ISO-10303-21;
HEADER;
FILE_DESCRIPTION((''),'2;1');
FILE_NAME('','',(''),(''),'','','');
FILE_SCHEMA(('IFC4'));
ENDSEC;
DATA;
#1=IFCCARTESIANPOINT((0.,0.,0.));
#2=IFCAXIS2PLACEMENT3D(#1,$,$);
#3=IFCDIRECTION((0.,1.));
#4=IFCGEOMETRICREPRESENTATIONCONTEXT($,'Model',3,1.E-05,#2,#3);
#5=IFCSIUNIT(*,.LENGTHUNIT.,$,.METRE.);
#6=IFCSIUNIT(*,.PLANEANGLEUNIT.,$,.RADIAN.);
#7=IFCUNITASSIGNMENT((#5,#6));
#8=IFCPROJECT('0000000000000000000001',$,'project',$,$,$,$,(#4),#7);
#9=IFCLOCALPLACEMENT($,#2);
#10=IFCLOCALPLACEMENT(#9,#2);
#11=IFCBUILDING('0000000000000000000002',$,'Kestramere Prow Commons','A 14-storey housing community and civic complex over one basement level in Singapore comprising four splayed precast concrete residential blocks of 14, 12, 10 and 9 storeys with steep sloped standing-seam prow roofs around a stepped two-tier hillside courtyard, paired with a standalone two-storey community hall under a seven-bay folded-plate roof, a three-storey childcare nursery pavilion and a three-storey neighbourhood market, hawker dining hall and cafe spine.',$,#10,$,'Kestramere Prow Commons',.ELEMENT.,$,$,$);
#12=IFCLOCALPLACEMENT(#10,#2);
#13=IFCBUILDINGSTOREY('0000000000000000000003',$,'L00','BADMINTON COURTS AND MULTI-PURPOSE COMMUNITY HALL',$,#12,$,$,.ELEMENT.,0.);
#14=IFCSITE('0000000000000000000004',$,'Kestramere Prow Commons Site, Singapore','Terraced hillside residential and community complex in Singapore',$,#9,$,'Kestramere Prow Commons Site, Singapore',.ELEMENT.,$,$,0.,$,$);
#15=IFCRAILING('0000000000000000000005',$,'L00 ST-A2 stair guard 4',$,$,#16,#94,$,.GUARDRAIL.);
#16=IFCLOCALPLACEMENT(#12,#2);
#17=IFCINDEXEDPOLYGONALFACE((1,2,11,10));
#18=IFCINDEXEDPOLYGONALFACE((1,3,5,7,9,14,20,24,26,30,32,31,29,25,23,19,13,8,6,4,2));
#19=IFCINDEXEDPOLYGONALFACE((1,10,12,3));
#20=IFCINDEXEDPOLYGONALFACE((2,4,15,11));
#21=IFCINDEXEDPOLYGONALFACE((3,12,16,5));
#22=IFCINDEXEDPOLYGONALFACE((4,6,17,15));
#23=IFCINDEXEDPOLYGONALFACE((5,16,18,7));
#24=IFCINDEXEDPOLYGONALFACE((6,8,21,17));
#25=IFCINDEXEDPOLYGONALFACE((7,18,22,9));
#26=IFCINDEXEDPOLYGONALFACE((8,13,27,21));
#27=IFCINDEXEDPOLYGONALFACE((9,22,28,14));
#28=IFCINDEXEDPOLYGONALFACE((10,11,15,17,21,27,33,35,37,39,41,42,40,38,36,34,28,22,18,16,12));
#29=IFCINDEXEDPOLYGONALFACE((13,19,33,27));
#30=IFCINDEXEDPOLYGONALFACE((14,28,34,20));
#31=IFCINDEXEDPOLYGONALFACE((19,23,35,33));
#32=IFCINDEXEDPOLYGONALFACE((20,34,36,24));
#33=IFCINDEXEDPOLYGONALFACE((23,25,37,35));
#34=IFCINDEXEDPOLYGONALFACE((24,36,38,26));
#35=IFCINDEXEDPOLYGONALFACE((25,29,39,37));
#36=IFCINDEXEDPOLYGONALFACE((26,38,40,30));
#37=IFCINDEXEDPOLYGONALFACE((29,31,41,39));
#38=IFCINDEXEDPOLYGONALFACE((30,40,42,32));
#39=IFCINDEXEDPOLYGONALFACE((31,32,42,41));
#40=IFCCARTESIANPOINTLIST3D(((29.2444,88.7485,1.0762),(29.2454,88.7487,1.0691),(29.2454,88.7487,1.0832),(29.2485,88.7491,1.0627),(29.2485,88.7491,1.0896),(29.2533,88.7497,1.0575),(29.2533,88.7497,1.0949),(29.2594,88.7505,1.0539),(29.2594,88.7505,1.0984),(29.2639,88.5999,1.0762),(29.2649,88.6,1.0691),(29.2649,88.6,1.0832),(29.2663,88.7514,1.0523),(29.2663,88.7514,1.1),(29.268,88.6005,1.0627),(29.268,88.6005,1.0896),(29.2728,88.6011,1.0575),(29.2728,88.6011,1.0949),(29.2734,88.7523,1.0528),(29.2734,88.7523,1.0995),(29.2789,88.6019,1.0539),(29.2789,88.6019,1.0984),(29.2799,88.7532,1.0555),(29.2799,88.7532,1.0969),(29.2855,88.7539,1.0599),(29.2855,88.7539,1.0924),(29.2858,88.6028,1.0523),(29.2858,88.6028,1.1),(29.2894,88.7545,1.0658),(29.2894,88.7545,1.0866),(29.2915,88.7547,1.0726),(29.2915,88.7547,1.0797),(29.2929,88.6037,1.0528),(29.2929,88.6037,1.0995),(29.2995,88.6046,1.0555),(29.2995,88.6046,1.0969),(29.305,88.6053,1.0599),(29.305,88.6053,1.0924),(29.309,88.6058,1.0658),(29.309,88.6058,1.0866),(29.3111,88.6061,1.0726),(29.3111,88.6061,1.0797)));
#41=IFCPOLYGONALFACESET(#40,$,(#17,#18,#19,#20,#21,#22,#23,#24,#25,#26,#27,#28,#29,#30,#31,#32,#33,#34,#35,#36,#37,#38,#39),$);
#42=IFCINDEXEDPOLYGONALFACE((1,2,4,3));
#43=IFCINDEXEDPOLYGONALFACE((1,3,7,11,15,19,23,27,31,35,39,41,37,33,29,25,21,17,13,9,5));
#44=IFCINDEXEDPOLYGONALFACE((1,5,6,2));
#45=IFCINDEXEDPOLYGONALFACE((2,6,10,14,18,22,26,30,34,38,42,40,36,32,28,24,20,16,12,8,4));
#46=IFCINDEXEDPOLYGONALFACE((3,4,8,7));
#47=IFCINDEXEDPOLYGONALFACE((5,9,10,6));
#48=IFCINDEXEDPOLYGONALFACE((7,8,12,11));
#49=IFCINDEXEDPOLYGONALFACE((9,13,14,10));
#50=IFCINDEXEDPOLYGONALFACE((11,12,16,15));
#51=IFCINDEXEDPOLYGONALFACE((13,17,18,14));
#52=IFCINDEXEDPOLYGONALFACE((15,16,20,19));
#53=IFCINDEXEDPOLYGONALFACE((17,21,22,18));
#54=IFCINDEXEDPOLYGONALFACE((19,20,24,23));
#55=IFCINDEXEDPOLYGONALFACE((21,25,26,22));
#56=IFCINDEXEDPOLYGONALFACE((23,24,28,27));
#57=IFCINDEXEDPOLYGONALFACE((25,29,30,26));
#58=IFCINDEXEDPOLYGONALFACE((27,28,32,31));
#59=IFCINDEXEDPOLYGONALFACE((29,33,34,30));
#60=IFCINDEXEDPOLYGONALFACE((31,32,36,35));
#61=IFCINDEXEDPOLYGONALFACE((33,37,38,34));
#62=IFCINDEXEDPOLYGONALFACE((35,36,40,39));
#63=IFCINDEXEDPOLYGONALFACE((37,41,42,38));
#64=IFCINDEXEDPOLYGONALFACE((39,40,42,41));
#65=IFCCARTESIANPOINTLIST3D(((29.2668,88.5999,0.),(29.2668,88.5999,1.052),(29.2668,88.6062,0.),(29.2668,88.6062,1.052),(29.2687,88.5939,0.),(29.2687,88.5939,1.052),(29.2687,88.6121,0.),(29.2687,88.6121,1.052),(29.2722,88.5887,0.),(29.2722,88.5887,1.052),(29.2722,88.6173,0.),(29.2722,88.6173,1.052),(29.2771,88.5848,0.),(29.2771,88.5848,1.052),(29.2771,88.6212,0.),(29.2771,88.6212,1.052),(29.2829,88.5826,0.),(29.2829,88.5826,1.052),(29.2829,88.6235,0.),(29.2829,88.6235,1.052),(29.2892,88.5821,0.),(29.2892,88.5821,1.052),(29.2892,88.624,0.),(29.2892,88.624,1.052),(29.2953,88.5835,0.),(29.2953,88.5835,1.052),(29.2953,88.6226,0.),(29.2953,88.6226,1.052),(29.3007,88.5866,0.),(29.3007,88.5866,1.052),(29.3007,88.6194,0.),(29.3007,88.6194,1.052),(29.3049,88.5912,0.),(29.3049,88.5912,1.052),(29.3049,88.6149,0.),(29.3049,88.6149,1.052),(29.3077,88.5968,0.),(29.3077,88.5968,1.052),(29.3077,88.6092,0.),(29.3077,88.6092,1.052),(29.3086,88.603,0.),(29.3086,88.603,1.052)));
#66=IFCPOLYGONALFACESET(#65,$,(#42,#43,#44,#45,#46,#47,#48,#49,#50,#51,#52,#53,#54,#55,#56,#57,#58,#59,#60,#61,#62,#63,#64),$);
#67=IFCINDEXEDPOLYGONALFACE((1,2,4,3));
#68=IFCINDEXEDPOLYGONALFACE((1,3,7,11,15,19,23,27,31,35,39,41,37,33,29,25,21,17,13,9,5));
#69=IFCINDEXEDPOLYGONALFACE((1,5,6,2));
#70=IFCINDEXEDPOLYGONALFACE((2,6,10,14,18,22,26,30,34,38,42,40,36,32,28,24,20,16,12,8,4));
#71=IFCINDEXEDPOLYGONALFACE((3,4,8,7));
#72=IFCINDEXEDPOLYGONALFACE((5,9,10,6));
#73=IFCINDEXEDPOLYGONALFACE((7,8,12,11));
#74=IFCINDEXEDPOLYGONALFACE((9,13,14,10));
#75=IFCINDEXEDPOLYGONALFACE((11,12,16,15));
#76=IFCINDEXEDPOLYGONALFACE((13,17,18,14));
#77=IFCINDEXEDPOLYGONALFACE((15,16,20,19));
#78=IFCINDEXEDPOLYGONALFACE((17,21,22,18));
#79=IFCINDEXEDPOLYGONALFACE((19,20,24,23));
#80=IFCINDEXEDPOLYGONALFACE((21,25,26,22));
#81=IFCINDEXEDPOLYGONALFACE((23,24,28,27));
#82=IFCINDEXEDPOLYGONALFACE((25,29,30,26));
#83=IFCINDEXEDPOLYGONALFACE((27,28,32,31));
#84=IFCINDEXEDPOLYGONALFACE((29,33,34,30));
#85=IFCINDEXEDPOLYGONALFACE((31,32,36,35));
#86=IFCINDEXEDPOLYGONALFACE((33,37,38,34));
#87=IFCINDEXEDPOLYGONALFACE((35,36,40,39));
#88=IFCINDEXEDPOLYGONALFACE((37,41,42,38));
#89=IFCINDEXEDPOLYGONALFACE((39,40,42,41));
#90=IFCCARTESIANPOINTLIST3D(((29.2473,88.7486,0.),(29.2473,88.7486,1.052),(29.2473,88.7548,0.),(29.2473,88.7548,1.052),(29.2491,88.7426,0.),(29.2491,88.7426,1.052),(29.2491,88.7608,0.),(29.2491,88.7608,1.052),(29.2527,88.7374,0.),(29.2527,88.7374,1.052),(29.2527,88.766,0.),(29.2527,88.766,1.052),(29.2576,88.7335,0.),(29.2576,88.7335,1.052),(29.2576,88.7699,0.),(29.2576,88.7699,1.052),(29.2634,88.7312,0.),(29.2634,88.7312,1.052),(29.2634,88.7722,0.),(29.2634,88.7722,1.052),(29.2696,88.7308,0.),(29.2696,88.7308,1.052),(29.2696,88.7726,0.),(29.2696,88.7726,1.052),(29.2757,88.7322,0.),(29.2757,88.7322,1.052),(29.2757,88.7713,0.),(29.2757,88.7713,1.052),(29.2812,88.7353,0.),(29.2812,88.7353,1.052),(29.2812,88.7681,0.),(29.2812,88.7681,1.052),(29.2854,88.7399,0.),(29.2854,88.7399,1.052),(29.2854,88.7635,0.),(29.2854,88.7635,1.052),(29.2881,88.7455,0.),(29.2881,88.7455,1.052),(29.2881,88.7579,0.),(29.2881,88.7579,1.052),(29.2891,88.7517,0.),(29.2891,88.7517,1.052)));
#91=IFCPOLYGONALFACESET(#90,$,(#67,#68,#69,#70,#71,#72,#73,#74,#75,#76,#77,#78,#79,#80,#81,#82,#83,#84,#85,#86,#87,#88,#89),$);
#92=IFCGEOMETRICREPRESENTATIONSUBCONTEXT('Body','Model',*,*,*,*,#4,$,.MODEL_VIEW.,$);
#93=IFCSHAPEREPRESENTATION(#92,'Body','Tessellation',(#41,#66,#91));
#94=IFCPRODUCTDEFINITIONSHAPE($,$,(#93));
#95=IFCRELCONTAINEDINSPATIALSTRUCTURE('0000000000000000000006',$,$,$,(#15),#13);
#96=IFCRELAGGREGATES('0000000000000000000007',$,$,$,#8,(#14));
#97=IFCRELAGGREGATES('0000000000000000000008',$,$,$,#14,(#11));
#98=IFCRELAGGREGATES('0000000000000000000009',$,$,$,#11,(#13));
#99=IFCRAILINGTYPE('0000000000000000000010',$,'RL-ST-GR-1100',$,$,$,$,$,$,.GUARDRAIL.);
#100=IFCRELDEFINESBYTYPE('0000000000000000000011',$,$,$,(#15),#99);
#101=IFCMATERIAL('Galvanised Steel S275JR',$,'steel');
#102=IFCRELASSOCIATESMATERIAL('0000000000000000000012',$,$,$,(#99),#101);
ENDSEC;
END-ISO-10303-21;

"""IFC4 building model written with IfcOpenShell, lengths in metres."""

from ifc_helpers import new_model, si_unit, direction, frame, origin, origin_2d, place, context, subcontext, project, spatial, circle, extrude, material, type_object, element, save


model = new_model("IFC4")

# Units and contexts
model_context = context("Model", 3, precision=1e-05, world=origin(), true_north=direction((0.0, 1.0)))
body_context = subcontext(model_context, "Body", "Model", "MODEL_VIEW")
ifc_project = project(units=[si_unit("LENGTHUNIT", "METRE"), si_unit("PLANEANGLEUNIT", "RADIAN")], contexts=[model_context])

# Site, building, storey
site_placement = place(None, origin())
site = spatial("IfcSite", under=ifc_project, at=site_placement, Name="Kestramere Prow Commons Site, Singapore", Description="Terraced hillside residential and community complex in Singapore", LongName="Kestramere Prow Commons Site, Singapore", CompositionType="ELEMENT", RefElevation=0.0)
building_placement = place(site_placement, origin())
building = spatial("IfcBuilding", under=site, at=building_placement, Name="Kestramere Prow Commons", Description="A 14-storey housing community and civic complex over one basement level in Singapore comprising four splayed precast concrete residential blocks of 14, 12, 10 and 9 storeys with steep sloped standing-seam prow roofs around a stepped two-tier hillside courtyard, paired with a standalone two-storey community hall under a seven-bay folded-plate roof, a three-storey childcare nursery pavilion and a three-storey neighbourhood market, hawker dining hall and cafe spine.", LongName="Kestramere Prow Commons", CompositionType="ELEMENT")
storey_placement = place(building_placement, origin())
storey = spatial("IfcBuildingStorey", under=building, at=storey_placement, Name="L00", Description="BADMINTON COURTS AND MULTI-PURPOSE COMMUNITY HALL", CompositionType="ELEMENT", Elevation=0.0)

# Railing
ifc_material_1 = material(Name="Galvanised Steel S275JR", Category="steel")
railing_type_1 = type_object("IfcRailingType", Name="RL-ST-GR-1100", PredefinedType="GUARDRAIL", material=ifc_material_1)
railing_1_placement = place(storey_placement, frame((29.2876, 88.603, 0.0)))
element("IfcRailing", 1, at=railing_1_placement, inside=storey, type_object=railing_type_1, Name="L00 ST-A2 stair guard 4", PredefinedType="GUARDRAIL", context=body_context, shape_type="SweptSolid", body=[
    extrude(circle(Radius=0.0239, at=origin_2d()), frame((0.0, 0.0, 1.0762), z_axis=(-0.130244, 0.991482, 0.0), x_axis=(-0.991482, -0.130244, 0.0)), (0.0, 0.0, 1.0), 0.1499),
    extrude(circle(Radius=0.021, at=origin_2d()), origin(), (0.0, 0.0, 1.0), 1.052),
    extrude(circle(Radius=0.021, at=origin_2d()), frame((-0.0195, 0.1487, 0.0)), (0.0, 0.0, 1.0), 1.052),
])

save(model, "model.ifc")
